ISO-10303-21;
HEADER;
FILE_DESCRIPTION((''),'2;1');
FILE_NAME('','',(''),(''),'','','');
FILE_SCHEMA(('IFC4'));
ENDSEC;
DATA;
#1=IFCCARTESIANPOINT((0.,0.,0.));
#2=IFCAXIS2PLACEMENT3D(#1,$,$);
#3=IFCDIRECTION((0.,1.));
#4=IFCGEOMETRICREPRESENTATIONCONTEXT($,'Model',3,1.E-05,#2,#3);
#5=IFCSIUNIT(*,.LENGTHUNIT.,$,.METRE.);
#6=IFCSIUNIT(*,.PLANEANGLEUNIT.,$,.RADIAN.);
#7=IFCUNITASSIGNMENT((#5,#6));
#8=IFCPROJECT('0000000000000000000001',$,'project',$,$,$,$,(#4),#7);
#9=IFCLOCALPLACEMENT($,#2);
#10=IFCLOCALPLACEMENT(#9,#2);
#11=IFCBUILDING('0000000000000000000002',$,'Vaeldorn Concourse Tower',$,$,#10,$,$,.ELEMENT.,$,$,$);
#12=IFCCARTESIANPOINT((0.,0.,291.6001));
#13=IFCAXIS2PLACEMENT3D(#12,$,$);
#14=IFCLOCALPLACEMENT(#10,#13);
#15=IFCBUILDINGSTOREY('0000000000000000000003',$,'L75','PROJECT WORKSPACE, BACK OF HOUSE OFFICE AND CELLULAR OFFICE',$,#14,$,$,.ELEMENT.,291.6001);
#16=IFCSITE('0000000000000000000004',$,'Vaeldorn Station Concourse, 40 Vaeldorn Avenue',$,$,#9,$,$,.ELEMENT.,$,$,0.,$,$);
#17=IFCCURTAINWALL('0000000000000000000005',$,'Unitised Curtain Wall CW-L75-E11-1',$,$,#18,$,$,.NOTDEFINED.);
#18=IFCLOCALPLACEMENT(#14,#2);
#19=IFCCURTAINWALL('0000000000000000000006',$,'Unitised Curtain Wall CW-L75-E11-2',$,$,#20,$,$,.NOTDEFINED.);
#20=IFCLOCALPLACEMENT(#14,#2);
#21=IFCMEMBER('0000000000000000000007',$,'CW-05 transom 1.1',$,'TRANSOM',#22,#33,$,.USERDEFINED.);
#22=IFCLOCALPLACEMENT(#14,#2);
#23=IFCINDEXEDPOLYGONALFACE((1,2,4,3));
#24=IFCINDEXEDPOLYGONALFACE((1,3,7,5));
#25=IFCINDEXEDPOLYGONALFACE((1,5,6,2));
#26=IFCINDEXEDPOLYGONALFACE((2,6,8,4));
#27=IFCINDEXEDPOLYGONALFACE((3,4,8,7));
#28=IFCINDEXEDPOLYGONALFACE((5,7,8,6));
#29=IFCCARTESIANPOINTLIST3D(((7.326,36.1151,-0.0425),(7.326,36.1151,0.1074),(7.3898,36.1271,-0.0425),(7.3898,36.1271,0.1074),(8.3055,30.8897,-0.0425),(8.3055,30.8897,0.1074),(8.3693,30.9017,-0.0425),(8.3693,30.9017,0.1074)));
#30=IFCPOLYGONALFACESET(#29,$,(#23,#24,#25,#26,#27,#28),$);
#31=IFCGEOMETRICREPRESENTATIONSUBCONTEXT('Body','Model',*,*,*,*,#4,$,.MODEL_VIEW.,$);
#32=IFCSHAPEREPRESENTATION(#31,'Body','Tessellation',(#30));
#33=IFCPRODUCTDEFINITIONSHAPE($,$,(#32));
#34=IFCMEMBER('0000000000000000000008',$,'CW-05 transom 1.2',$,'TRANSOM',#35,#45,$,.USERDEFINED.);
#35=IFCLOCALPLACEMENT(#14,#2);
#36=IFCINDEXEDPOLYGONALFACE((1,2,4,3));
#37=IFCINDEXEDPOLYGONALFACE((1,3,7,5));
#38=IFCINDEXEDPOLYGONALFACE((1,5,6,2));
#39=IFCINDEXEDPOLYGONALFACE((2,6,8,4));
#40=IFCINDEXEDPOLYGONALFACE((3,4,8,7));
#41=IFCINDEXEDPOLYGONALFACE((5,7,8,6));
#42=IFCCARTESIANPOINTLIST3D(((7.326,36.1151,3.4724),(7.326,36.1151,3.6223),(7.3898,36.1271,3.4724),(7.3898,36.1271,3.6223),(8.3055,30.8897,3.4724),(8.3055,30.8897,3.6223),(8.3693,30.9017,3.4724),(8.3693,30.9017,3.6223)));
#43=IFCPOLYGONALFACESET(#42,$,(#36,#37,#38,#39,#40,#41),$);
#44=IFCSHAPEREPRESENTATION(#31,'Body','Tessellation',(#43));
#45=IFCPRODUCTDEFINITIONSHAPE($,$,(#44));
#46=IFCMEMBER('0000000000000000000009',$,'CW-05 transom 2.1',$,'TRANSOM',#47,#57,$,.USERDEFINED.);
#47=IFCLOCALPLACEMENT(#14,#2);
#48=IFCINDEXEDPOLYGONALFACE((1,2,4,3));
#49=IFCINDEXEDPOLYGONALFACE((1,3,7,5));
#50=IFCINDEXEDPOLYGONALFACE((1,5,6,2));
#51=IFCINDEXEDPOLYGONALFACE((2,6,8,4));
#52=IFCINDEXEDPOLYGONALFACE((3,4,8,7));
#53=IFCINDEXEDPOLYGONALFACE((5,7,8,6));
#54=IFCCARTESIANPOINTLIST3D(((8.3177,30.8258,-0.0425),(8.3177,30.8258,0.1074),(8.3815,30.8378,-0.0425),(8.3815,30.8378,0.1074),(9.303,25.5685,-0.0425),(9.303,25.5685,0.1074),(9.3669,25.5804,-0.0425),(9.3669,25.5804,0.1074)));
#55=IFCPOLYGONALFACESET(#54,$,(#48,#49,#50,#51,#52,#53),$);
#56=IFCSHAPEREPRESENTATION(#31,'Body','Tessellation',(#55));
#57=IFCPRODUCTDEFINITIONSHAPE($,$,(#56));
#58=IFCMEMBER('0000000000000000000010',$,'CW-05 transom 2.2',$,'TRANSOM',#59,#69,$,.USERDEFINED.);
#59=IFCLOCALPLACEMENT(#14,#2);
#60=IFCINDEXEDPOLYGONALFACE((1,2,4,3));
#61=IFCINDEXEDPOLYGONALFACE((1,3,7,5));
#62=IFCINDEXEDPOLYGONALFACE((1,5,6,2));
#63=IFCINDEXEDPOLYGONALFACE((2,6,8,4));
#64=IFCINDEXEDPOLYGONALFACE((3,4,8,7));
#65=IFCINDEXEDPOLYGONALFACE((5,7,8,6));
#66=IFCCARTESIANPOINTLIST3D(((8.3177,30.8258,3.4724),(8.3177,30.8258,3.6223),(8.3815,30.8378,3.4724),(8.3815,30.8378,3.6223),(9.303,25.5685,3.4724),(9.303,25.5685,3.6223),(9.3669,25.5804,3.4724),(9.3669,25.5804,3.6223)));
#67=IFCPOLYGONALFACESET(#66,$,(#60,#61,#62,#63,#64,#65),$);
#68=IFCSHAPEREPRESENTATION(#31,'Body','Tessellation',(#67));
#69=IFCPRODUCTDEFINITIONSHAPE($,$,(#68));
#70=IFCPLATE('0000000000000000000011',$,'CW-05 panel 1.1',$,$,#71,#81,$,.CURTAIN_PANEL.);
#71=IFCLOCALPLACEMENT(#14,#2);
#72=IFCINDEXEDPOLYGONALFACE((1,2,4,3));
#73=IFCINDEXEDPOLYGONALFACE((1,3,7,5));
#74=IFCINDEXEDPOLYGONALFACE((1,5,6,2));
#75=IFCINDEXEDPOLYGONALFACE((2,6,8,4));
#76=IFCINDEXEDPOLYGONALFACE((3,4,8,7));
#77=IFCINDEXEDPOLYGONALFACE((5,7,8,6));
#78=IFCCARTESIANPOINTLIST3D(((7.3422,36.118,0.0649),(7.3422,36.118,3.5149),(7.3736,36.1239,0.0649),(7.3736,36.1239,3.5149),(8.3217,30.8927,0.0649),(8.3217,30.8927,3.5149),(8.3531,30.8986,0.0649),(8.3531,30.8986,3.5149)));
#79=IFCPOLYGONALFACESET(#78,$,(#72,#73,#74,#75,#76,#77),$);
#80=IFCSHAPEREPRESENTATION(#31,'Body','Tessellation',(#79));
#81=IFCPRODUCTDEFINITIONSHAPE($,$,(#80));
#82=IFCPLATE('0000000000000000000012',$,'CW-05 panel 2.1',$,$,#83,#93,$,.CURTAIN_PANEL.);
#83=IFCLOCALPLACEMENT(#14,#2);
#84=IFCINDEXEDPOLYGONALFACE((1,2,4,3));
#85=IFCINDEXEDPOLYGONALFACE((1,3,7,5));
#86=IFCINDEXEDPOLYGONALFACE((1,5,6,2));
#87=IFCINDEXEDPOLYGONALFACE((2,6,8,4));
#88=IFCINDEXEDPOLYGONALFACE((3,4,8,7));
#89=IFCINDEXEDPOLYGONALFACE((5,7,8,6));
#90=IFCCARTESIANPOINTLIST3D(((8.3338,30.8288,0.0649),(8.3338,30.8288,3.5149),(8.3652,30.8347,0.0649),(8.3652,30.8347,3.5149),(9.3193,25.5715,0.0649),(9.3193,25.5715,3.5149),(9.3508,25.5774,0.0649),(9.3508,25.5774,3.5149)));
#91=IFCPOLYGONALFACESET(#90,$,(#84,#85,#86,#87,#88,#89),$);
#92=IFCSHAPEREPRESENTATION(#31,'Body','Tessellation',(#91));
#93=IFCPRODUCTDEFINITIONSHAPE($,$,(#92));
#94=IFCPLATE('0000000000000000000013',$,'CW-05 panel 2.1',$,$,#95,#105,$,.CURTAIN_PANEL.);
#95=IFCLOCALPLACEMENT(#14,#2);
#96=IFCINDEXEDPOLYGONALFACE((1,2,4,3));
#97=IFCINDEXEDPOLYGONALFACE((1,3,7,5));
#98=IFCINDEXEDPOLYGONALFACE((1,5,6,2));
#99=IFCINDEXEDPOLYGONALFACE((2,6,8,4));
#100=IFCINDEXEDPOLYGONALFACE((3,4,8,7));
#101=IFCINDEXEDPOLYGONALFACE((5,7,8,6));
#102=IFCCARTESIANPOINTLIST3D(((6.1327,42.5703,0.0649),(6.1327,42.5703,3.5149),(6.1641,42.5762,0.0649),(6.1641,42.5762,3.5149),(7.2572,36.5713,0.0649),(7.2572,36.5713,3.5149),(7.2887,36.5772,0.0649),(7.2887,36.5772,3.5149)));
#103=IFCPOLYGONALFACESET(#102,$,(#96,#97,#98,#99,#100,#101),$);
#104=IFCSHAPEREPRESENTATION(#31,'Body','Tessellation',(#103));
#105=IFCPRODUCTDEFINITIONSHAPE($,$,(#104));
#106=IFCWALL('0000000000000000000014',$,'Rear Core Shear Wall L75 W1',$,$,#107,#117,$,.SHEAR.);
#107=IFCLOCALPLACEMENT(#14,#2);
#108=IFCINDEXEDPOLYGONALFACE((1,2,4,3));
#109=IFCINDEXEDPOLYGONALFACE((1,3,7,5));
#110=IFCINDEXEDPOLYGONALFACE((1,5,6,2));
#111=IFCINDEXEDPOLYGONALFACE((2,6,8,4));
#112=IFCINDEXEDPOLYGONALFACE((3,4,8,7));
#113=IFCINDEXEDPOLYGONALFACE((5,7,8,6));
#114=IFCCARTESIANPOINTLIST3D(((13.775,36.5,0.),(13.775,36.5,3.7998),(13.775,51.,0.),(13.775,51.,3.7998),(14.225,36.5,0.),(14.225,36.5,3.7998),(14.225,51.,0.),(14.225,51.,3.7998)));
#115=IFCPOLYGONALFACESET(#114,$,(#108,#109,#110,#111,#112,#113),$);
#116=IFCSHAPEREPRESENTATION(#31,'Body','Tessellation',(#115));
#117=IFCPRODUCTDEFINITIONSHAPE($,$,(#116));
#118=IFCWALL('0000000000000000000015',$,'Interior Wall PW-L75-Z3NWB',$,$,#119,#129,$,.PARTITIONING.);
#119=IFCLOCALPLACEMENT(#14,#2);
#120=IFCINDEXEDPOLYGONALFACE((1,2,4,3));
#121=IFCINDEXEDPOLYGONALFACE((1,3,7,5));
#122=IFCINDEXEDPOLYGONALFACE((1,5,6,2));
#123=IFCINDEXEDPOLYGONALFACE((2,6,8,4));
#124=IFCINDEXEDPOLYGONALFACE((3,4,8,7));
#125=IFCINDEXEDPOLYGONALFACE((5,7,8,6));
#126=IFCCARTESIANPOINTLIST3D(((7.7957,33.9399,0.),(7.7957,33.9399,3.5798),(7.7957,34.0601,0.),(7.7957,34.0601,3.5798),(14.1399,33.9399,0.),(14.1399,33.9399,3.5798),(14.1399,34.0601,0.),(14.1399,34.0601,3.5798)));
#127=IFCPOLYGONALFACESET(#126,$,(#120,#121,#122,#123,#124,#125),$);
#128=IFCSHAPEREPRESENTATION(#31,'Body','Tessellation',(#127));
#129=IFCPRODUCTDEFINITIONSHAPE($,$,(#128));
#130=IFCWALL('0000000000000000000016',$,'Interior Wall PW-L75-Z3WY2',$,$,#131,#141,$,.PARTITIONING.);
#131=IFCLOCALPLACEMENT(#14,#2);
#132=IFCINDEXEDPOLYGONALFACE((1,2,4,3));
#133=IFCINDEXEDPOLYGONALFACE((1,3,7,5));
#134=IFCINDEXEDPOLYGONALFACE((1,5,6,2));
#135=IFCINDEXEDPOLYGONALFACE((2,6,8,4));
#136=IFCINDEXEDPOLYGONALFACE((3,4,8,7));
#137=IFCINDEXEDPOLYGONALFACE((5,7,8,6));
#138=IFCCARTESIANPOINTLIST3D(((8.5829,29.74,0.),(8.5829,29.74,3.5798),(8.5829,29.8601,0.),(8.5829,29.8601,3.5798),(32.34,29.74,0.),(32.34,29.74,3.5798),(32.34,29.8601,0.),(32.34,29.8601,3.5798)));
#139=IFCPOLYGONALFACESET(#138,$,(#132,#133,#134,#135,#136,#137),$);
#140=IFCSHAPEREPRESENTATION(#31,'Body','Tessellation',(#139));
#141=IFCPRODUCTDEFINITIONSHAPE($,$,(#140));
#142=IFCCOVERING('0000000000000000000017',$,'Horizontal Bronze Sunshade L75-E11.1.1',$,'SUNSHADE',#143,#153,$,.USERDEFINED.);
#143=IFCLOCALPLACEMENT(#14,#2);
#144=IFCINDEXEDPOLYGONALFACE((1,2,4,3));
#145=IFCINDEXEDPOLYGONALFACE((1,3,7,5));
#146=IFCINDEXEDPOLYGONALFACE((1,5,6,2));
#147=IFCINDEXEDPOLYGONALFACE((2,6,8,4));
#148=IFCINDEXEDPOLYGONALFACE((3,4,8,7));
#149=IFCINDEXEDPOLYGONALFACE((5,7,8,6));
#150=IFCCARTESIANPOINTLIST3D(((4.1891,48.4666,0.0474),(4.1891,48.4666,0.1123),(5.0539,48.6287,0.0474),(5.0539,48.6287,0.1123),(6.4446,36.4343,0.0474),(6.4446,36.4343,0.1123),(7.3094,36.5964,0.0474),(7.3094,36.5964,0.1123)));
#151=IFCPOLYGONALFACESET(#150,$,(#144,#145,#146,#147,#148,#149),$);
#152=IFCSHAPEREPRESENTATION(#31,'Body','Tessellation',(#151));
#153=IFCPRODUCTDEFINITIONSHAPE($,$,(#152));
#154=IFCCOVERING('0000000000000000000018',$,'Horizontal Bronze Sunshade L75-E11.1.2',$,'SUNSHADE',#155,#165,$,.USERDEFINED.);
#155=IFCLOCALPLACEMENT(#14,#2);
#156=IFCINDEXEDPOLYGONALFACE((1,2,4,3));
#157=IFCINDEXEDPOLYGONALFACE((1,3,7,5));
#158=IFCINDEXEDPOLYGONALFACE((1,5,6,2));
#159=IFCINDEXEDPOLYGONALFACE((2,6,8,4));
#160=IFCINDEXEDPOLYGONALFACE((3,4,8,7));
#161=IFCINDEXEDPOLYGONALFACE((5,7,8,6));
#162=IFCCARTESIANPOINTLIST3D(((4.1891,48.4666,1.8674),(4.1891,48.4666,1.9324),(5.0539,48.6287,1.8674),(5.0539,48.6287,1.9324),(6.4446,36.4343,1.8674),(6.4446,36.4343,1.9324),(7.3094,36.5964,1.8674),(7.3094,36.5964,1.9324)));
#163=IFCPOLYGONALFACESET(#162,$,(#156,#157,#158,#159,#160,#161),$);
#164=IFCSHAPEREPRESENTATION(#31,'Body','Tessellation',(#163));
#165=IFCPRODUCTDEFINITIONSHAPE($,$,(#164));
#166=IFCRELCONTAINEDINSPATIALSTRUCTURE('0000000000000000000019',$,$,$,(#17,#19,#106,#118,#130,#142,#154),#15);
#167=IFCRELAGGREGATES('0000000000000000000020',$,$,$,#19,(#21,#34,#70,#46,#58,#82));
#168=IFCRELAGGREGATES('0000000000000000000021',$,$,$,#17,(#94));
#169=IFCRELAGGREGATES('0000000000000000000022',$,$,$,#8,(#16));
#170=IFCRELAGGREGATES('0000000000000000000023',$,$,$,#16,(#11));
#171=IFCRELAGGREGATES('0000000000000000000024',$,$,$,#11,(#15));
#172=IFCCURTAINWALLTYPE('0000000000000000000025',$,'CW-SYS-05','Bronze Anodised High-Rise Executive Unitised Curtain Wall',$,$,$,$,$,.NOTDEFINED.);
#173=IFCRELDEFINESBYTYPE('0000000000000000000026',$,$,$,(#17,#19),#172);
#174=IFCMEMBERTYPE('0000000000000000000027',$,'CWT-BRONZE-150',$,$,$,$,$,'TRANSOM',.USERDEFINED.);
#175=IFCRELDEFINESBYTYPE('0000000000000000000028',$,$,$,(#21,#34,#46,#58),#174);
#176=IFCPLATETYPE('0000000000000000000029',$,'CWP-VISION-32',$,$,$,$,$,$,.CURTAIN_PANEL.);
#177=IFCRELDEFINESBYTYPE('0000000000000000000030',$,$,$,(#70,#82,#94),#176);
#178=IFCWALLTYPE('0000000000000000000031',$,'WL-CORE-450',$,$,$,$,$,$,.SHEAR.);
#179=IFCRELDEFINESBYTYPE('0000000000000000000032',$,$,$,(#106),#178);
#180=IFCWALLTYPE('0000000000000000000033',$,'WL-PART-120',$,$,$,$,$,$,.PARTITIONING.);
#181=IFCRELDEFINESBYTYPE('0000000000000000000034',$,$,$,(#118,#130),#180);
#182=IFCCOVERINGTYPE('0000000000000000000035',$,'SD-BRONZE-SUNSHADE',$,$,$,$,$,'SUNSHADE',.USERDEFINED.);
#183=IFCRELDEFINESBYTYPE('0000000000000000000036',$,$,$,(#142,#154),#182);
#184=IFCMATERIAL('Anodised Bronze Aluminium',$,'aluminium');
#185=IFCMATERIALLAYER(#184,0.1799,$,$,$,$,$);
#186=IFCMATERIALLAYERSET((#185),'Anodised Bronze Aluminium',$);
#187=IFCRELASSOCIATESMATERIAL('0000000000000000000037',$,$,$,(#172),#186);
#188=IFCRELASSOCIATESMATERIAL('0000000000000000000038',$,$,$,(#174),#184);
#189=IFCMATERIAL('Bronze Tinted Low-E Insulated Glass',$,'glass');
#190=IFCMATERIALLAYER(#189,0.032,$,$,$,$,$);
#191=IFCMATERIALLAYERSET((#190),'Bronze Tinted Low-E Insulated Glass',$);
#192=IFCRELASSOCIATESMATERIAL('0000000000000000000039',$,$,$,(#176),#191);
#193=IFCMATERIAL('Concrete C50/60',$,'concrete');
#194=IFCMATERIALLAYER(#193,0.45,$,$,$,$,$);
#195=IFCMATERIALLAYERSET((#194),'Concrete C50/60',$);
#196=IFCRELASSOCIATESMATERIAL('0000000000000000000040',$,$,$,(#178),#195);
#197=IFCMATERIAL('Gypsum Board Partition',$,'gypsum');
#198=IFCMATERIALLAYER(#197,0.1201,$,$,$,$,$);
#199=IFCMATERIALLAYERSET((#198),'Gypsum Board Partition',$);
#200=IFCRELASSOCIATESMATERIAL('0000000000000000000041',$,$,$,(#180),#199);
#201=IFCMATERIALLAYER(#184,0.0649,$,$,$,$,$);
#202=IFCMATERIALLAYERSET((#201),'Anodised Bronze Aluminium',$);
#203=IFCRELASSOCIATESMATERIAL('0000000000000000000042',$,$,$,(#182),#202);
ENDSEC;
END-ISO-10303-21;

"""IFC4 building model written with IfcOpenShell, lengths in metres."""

from ifc_helpers import new_model, si_unit, direction, frame, frame_2d, origin, origin_2d, place, context, subcontext, project, spatial, rectangle, extrude, source, transform, mapped, material, layer, layer_set, material_profile, profile_set, type_object, element, aggregate, save


model = new_model("IFC4")

# Units and contexts
model_context = context("Model", 3, precision=1e-05, world=origin(), true_north=direction((0.0, 1.0)))
body_context = subcontext(model_context, "Body", "Model", "MODEL_VIEW")
ifc_project = project(units=[si_unit("LENGTHUNIT", "METRE"), si_unit("PLANEANGLEUNIT", "RADIAN")], contexts=[model_context])

# Site, building, storey
site_placement = place(None, origin())
site = spatial("IfcSite", under=ifc_project, at=site_placement, Name="Vaeldorn Station Concourse, 40 Vaeldorn Avenue", CompositionType="ELEMENT", RefElevation=0.0)
building_placement = place(site_placement, origin())
building = spatial("IfcBuilding", under=site, at=building_placement, Name="Vaeldorn Concourse Tower", CompositionType="ELEMENT")
storey_placement = place(building_placement, frame((0.0, 0.0, 291.6001)))
storey = spatial("IfcBuildingStorey", under=building, at=storey_placement, Name="L75", Description="PROJECT WORKSPACE, BACK OF HOUSE OFFICE AND CELLULAR OFFICE", CompositionType="ELEMENT", Elevation=291.6001)

# Shared definitions
ifc_material_1 = material(Name="Concrete C50/60", Category="concrete")

# Curtain wall
ifc_material_2 = material(Name="Anodised Bronze Aluminium", Category="aluminium")
ifc_layer_1 = layer(ifc_material_2, 0.1799)
ifc_layer_set_1 = layer_set([ifc_layer_1], Name="Anodised Bronze Aluminium")
curtain_wall_type = type_object("IfcCurtainWallType", Name="CW-SYS-05", Description="Bronze Anodised High-Rise Executive Unitised Curtain Wall", PredefinedType="NOTDEFINED", material=ifc_layer_set_1)
curtain_wall_1_placement = place(storey_placement, origin())
curtain_wall_1 = element("IfcCurtainWall", 1, at=curtain_wall_1_placement, inside=storey, type_object=curtain_wall_type, Name="Unitised Curtain Wall CW-L75-E11-1", PredefinedType="NOTDEFINED")

# Curtain wall, members, plates
curtain_wall_2_placement = place(storey_placement, origin())
curtain_wall_2 = element("IfcCurtainWall", 2, at=curtain_wall_2_placement, inside=storey, type_object=curtain_wall_type, Name="Unitised Curtain Wall CW-L75-E11-2", PredefinedType="NOTDEFINED")
ifc_material_profile_1 = material_profile(ifc_material_2, rectangle(XDim=0.0649, YDim=0.1499, at=origin_2d()), Name="CWT 65x150")
ifc_profile_set_1 = profile_set([ifc_material_profile_1], Name="Anodised Bronze Aluminium")
member_type_1 = type_object("IfcMemberType", Name="CWT-BRONZE-150", ElementType="TRANSOM", PredefinedType="USERDEFINED", material=ifc_profile_set_1)
shared_shape_1 = source(origin(), body_context, "Body", "SweptSolid", [
    extrude(rectangle(XDim=0.0649, YDim=0.1499, at=origin_2d()), origin(), (0.0, 0.0, 1.0), 5.3164),
])
member_1_placement = place(storey_placement, frame((7.3579, 36.1211, 0.0325), z_axis=(0.184241, -0.982881, 0.0), x_axis=(0.982881, 0.184241, 0.0)))
member_1 = element("IfcMember", 3, at=member_1_placement, type_object=member_type_1, Name="CW-05 transom 1.1", ObjectType="TRANSOM", PredefinedType="USERDEFINED", context=body_context, shape_type="MappedRepresentation", body=[
    mapped(shared_shape_1, transform((0.0, 0.0, 0.0), scale=1.0)),
])
member_2_placement = place(storey_placement, frame((7.3579, 36.1211, 3.5474), z_axis=(0.184241, -0.982881, 0.0), x_axis=(0.982881, 0.184241, 0.0)))
member_2 = element("IfcMember", 4, at=member_2_placement, type_object=member_type_1, Name="CW-05 transom 1.2", ObjectType="TRANSOM", PredefinedType="USERDEFINED", context=body_context, shape_type="MappedRepresentation", body=[
    mapped(shared_shape_1, transform((0.0, 0.0, 0.0), scale=1.0)),
])
shared_shape_2 = source(origin(), body_context, "Body", "SweptSolid", [
    extrude(rectangle(XDim=0.0649, YDim=0.1499, at=origin_2d()), origin(), (0.0, 0.0, 1.0), 5.3489),
])
member_3_placement = place(storey_placement, frame((8.3496, 30.8318, 0.0325), z_axis=(0.184217, -0.982886, 0.0), x_axis=(0.982886, 0.184217, 0.0)))
member_3 = element("IfcMember", 5, at=member_3_placement, type_object=member_type_1, Name="CW-05 transom 2.1", ObjectType="TRANSOM", PredefinedType="USERDEFINED", context=body_context, shape_type="MappedRepresentation", body=[
    mapped(shared_shape_2, transform((0.0, 0.0, 0.0), scale=1.0)),
])
member_4_placement = place(storey_placement, frame((8.3496, 30.8318, 3.5474), z_axis=(0.184217, -0.982886, 0.0), x_axis=(0.982886, 0.184217, 0.0)))
member_4 = element("IfcMember", 6, at=member_4_placement, type_object=member_type_1, Name="CW-05 transom 2.2", ObjectType="TRANSOM", PredefinedType="USERDEFINED", context=body_context, shape_type="MappedRepresentation", body=[
    mapped(shared_shape_2, transform((0.0, 0.0, 0.0), scale=1.0)),
])
ifc_material_3 = material(Name="Bronze Tinted Low-E Insulated Glass", Category="glass")
ifc_layer_2 = layer(ifc_material_3, 0.032)
ifc_layer_set_2 = layer_set([ifc_layer_2], Name="Bronze Tinted Low-E Insulated Glass")
plate_type = type_object("IfcPlateType", Name="CWP-VISION-32", PredefinedType="CURTAIN_PANEL", material=ifc_layer_set_2)
shared_shape_3 = source(origin(), body_context, "Body", "SweptSolid", [
    extrude(rectangle(XDim=5.3164, YDim=0.032, at=origin_2d()), origin(), (0.0, 0.0, 1.0), 3.45),
])
plate_1_placement = place(storey_placement, frame((7.8477, 33.5083, 0.0649), z_axis=(0.0, 0.0, 1.0), x_axis=(0.184247, -0.98288, 0.0)))
plate_1 = element("IfcPlate", 7, at=plate_1_placement, type_object=plate_type, Name="CW-05 panel 1.1", PredefinedType="CURTAIN_PANEL", context=body_context, shape_type="MappedRepresentation", body=[
    mapped(shared_shape_3, transform((0.0, 0.0, 0.0), scale=1.0)),
])
shared_shape_4 = source(origin(), body_context, "Body", "SweptSolid", [
    extrude(rectangle(XDim=5.3489, YDim=0.032, at=origin_2d()), origin(), (0.0, 0.0, 1.0), 3.45),
])
plate_2_placement = place(storey_placement, frame((8.8423, 28.2031, 0.0649), z_axis=(0.0, 0.0, 1.0), x_axis=(0.184247, -0.98288, 0.0)))
plate_2 = element("IfcPlate", 8, at=plate_2_placement, type_object=plate_type, Name="CW-05 panel 2.1", PredefinedType="CURTAIN_PANEL", context=body_context, shape_type="MappedRepresentation", body=[
    mapped(shared_shape_4, transform((0.0, 0.0, 0.0), scale=1.0)),
])
aggregate(curtain_wall_2, [member_1, member_2, plate_1, member_3, member_4, plate_2])

# Plate
shared_shape_5 = source(origin(), body_context, "Body", "SweptSolid", [
    extrude(rectangle(XDim=6.1035, YDim=0.032, at=origin_2d()), origin(), (0.0, 0.0, 1.0), 3.45),
])
plate_3_placement = place(storey_placement, frame((6.7107, 39.5737, 0.0649), z_axis=(0.0, 0.0, 1.0), x_axis=(0.184246, -0.98288, 0.0)))
plate_3 = element("IfcPlate", 9, at=plate_3_placement, type_object=plate_type, Name="CW-05 panel 2.1", PredefinedType="CURTAIN_PANEL", context=body_context, shape_type="MappedRepresentation", body=[
    mapped(shared_shape_5, transform((0.0, 0.0, 0.0), scale=1.0)),
])
aggregate(curtain_wall_1, [plate_3])

# Walls
ifc_layer_3 = layer(ifc_material_1, 0.45)
ifc_layer_set_3 = layer_set([ifc_layer_3], Name="Concrete C50/60")
wall_type_1 = type_object("IfcWallType", Name="WL-CORE-450", PredefinedType="SHEAR", material=ifc_layer_set_3)
wall_1_placement = place(storey_placement, frame((14.0, 36.5, 0.0), z_axis=(0.0, 0.0, 1.0), x_axis=(0.0, 1.0, 0.0)))
element("IfcWall", 10, at=wall_1_placement, inside=storey, type_object=wall_type_1, Name="Rear Core Shear Wall L75 W1", PredefinedType="SHEAR", context=body_context, shape_type="SweptSolid", body=[
    extrude(rectangle(XDim=14.5, YDim=0.45, at=frame_2d((7.25, 0.0))), origin(), (0.0, 0.0, 1.0), 3.7998),
])
ifc_material_4 = material(Name="Gypsum Board Partition", Category="gypsum")
ifc_layer_4 = layer(ifc_material_4, 0.1201)
ifc_layer_set_4 = layer_set([ifc_layer_4], Name="Gypsum Board Partition")
wall_type_2 = type_object("IfcWallType", Name="WL-PART-120", PredefinedType="PARTITIONING", material=ifc_layer_set_4)
wall_2_placement = place(storey_placement, frame((7.7957, 34.0, 0.0), z_axis=(0.0, 0.0, 1.0), x_axis=(1.0, 0.0, 0.0)))
element("IfcWall", 11, at=wall_2_placement, inside=storey, type_object=wall_type_2, Name="Interior Wall PW-L75-Z3NWB", PredefinedType="PARTITIONING", context=body_context, shape_type="SweptSolid", body=[
    extrude(rectangle(XDim=6.3442, YDim=0.1201, at=frame_2d((3.1721, 0.0))), origin(), (0.0, 0.0, 1.0), 3.5798),
])
wall_3_placement = place(storey_placement, frame((8.583, 29.8, 0.0), z_axis=(0.0, 0.0, 1.0), x_axis=(1.0, 0.0, 0.0)))
element("IfcWall", 12, at=wall_3_placement, inside=storey, type_object=wall_type_2, Name="Interior Wall PW-L75-Z3WY2", PredefinedType="PARTITIONING", context=body_context, shape_type="SweptSolid", body=[
    extrude(rectangle(XDim=23.7571, YDim=0.1201, at=frame_2d((11.8784, 0.0))), origin(), (0.0, 0.0, 1.0), 3.5798),
])

# Coverings
ifc_layer_5 = layer(ifc_material_2, 0.0649)
ifc_layer_set_5 = layer_set([ifc_layer_5], Name="Anodised Bronze Aluminium")
covering_type = type_object("IfcCoveringType", Name="SD-BRONZE-SUNSHADE", ElementType="SUNSHADE", PredefinedType="USERDEFINED", material=ifc_layer_set_5)
shared_shape_6 = source(origin(), body_context, "Body", "SweptSolid", [
    extrude(rectangle(XDim=12.2419, YDim=0.8799, at=origin_2d()), origin(), (0.0, 0.0, 1.0), 0.0649),
])
for number, where, z_axis, x_axis, name in (
    (13, (5.7493, 42.5315, 0.0474), (0.0, 0.0, 1.0), (0.184243, -0.982881, 0.0), "Horizontal Bronze Sunshade L75-E11.1.1"),
    (14, (5.7493, 42.5315, 1.8674), (0.0, 0.0, 1.0), (0.184243, -0.982881, 0.0), "Horizontal Bronze Sunshade L75-E11.1.2"),
):
    element("IfcCovering", number, at=place(storey_placement, frame(where, z_axis=z_axis, x_axis=x_axis)), inside=storey, type_object=covering_type, Name=name, ObjectType="SUNSHADE", PredefinedType="USERDEFINED", context=body_context, shape_type="MappedRepresentation", body=[
        mapped(shared_shape_6, transform((0.0, 0.0, 0.0), scale=1.0)),
    ])

save(model, "model.ifc")
